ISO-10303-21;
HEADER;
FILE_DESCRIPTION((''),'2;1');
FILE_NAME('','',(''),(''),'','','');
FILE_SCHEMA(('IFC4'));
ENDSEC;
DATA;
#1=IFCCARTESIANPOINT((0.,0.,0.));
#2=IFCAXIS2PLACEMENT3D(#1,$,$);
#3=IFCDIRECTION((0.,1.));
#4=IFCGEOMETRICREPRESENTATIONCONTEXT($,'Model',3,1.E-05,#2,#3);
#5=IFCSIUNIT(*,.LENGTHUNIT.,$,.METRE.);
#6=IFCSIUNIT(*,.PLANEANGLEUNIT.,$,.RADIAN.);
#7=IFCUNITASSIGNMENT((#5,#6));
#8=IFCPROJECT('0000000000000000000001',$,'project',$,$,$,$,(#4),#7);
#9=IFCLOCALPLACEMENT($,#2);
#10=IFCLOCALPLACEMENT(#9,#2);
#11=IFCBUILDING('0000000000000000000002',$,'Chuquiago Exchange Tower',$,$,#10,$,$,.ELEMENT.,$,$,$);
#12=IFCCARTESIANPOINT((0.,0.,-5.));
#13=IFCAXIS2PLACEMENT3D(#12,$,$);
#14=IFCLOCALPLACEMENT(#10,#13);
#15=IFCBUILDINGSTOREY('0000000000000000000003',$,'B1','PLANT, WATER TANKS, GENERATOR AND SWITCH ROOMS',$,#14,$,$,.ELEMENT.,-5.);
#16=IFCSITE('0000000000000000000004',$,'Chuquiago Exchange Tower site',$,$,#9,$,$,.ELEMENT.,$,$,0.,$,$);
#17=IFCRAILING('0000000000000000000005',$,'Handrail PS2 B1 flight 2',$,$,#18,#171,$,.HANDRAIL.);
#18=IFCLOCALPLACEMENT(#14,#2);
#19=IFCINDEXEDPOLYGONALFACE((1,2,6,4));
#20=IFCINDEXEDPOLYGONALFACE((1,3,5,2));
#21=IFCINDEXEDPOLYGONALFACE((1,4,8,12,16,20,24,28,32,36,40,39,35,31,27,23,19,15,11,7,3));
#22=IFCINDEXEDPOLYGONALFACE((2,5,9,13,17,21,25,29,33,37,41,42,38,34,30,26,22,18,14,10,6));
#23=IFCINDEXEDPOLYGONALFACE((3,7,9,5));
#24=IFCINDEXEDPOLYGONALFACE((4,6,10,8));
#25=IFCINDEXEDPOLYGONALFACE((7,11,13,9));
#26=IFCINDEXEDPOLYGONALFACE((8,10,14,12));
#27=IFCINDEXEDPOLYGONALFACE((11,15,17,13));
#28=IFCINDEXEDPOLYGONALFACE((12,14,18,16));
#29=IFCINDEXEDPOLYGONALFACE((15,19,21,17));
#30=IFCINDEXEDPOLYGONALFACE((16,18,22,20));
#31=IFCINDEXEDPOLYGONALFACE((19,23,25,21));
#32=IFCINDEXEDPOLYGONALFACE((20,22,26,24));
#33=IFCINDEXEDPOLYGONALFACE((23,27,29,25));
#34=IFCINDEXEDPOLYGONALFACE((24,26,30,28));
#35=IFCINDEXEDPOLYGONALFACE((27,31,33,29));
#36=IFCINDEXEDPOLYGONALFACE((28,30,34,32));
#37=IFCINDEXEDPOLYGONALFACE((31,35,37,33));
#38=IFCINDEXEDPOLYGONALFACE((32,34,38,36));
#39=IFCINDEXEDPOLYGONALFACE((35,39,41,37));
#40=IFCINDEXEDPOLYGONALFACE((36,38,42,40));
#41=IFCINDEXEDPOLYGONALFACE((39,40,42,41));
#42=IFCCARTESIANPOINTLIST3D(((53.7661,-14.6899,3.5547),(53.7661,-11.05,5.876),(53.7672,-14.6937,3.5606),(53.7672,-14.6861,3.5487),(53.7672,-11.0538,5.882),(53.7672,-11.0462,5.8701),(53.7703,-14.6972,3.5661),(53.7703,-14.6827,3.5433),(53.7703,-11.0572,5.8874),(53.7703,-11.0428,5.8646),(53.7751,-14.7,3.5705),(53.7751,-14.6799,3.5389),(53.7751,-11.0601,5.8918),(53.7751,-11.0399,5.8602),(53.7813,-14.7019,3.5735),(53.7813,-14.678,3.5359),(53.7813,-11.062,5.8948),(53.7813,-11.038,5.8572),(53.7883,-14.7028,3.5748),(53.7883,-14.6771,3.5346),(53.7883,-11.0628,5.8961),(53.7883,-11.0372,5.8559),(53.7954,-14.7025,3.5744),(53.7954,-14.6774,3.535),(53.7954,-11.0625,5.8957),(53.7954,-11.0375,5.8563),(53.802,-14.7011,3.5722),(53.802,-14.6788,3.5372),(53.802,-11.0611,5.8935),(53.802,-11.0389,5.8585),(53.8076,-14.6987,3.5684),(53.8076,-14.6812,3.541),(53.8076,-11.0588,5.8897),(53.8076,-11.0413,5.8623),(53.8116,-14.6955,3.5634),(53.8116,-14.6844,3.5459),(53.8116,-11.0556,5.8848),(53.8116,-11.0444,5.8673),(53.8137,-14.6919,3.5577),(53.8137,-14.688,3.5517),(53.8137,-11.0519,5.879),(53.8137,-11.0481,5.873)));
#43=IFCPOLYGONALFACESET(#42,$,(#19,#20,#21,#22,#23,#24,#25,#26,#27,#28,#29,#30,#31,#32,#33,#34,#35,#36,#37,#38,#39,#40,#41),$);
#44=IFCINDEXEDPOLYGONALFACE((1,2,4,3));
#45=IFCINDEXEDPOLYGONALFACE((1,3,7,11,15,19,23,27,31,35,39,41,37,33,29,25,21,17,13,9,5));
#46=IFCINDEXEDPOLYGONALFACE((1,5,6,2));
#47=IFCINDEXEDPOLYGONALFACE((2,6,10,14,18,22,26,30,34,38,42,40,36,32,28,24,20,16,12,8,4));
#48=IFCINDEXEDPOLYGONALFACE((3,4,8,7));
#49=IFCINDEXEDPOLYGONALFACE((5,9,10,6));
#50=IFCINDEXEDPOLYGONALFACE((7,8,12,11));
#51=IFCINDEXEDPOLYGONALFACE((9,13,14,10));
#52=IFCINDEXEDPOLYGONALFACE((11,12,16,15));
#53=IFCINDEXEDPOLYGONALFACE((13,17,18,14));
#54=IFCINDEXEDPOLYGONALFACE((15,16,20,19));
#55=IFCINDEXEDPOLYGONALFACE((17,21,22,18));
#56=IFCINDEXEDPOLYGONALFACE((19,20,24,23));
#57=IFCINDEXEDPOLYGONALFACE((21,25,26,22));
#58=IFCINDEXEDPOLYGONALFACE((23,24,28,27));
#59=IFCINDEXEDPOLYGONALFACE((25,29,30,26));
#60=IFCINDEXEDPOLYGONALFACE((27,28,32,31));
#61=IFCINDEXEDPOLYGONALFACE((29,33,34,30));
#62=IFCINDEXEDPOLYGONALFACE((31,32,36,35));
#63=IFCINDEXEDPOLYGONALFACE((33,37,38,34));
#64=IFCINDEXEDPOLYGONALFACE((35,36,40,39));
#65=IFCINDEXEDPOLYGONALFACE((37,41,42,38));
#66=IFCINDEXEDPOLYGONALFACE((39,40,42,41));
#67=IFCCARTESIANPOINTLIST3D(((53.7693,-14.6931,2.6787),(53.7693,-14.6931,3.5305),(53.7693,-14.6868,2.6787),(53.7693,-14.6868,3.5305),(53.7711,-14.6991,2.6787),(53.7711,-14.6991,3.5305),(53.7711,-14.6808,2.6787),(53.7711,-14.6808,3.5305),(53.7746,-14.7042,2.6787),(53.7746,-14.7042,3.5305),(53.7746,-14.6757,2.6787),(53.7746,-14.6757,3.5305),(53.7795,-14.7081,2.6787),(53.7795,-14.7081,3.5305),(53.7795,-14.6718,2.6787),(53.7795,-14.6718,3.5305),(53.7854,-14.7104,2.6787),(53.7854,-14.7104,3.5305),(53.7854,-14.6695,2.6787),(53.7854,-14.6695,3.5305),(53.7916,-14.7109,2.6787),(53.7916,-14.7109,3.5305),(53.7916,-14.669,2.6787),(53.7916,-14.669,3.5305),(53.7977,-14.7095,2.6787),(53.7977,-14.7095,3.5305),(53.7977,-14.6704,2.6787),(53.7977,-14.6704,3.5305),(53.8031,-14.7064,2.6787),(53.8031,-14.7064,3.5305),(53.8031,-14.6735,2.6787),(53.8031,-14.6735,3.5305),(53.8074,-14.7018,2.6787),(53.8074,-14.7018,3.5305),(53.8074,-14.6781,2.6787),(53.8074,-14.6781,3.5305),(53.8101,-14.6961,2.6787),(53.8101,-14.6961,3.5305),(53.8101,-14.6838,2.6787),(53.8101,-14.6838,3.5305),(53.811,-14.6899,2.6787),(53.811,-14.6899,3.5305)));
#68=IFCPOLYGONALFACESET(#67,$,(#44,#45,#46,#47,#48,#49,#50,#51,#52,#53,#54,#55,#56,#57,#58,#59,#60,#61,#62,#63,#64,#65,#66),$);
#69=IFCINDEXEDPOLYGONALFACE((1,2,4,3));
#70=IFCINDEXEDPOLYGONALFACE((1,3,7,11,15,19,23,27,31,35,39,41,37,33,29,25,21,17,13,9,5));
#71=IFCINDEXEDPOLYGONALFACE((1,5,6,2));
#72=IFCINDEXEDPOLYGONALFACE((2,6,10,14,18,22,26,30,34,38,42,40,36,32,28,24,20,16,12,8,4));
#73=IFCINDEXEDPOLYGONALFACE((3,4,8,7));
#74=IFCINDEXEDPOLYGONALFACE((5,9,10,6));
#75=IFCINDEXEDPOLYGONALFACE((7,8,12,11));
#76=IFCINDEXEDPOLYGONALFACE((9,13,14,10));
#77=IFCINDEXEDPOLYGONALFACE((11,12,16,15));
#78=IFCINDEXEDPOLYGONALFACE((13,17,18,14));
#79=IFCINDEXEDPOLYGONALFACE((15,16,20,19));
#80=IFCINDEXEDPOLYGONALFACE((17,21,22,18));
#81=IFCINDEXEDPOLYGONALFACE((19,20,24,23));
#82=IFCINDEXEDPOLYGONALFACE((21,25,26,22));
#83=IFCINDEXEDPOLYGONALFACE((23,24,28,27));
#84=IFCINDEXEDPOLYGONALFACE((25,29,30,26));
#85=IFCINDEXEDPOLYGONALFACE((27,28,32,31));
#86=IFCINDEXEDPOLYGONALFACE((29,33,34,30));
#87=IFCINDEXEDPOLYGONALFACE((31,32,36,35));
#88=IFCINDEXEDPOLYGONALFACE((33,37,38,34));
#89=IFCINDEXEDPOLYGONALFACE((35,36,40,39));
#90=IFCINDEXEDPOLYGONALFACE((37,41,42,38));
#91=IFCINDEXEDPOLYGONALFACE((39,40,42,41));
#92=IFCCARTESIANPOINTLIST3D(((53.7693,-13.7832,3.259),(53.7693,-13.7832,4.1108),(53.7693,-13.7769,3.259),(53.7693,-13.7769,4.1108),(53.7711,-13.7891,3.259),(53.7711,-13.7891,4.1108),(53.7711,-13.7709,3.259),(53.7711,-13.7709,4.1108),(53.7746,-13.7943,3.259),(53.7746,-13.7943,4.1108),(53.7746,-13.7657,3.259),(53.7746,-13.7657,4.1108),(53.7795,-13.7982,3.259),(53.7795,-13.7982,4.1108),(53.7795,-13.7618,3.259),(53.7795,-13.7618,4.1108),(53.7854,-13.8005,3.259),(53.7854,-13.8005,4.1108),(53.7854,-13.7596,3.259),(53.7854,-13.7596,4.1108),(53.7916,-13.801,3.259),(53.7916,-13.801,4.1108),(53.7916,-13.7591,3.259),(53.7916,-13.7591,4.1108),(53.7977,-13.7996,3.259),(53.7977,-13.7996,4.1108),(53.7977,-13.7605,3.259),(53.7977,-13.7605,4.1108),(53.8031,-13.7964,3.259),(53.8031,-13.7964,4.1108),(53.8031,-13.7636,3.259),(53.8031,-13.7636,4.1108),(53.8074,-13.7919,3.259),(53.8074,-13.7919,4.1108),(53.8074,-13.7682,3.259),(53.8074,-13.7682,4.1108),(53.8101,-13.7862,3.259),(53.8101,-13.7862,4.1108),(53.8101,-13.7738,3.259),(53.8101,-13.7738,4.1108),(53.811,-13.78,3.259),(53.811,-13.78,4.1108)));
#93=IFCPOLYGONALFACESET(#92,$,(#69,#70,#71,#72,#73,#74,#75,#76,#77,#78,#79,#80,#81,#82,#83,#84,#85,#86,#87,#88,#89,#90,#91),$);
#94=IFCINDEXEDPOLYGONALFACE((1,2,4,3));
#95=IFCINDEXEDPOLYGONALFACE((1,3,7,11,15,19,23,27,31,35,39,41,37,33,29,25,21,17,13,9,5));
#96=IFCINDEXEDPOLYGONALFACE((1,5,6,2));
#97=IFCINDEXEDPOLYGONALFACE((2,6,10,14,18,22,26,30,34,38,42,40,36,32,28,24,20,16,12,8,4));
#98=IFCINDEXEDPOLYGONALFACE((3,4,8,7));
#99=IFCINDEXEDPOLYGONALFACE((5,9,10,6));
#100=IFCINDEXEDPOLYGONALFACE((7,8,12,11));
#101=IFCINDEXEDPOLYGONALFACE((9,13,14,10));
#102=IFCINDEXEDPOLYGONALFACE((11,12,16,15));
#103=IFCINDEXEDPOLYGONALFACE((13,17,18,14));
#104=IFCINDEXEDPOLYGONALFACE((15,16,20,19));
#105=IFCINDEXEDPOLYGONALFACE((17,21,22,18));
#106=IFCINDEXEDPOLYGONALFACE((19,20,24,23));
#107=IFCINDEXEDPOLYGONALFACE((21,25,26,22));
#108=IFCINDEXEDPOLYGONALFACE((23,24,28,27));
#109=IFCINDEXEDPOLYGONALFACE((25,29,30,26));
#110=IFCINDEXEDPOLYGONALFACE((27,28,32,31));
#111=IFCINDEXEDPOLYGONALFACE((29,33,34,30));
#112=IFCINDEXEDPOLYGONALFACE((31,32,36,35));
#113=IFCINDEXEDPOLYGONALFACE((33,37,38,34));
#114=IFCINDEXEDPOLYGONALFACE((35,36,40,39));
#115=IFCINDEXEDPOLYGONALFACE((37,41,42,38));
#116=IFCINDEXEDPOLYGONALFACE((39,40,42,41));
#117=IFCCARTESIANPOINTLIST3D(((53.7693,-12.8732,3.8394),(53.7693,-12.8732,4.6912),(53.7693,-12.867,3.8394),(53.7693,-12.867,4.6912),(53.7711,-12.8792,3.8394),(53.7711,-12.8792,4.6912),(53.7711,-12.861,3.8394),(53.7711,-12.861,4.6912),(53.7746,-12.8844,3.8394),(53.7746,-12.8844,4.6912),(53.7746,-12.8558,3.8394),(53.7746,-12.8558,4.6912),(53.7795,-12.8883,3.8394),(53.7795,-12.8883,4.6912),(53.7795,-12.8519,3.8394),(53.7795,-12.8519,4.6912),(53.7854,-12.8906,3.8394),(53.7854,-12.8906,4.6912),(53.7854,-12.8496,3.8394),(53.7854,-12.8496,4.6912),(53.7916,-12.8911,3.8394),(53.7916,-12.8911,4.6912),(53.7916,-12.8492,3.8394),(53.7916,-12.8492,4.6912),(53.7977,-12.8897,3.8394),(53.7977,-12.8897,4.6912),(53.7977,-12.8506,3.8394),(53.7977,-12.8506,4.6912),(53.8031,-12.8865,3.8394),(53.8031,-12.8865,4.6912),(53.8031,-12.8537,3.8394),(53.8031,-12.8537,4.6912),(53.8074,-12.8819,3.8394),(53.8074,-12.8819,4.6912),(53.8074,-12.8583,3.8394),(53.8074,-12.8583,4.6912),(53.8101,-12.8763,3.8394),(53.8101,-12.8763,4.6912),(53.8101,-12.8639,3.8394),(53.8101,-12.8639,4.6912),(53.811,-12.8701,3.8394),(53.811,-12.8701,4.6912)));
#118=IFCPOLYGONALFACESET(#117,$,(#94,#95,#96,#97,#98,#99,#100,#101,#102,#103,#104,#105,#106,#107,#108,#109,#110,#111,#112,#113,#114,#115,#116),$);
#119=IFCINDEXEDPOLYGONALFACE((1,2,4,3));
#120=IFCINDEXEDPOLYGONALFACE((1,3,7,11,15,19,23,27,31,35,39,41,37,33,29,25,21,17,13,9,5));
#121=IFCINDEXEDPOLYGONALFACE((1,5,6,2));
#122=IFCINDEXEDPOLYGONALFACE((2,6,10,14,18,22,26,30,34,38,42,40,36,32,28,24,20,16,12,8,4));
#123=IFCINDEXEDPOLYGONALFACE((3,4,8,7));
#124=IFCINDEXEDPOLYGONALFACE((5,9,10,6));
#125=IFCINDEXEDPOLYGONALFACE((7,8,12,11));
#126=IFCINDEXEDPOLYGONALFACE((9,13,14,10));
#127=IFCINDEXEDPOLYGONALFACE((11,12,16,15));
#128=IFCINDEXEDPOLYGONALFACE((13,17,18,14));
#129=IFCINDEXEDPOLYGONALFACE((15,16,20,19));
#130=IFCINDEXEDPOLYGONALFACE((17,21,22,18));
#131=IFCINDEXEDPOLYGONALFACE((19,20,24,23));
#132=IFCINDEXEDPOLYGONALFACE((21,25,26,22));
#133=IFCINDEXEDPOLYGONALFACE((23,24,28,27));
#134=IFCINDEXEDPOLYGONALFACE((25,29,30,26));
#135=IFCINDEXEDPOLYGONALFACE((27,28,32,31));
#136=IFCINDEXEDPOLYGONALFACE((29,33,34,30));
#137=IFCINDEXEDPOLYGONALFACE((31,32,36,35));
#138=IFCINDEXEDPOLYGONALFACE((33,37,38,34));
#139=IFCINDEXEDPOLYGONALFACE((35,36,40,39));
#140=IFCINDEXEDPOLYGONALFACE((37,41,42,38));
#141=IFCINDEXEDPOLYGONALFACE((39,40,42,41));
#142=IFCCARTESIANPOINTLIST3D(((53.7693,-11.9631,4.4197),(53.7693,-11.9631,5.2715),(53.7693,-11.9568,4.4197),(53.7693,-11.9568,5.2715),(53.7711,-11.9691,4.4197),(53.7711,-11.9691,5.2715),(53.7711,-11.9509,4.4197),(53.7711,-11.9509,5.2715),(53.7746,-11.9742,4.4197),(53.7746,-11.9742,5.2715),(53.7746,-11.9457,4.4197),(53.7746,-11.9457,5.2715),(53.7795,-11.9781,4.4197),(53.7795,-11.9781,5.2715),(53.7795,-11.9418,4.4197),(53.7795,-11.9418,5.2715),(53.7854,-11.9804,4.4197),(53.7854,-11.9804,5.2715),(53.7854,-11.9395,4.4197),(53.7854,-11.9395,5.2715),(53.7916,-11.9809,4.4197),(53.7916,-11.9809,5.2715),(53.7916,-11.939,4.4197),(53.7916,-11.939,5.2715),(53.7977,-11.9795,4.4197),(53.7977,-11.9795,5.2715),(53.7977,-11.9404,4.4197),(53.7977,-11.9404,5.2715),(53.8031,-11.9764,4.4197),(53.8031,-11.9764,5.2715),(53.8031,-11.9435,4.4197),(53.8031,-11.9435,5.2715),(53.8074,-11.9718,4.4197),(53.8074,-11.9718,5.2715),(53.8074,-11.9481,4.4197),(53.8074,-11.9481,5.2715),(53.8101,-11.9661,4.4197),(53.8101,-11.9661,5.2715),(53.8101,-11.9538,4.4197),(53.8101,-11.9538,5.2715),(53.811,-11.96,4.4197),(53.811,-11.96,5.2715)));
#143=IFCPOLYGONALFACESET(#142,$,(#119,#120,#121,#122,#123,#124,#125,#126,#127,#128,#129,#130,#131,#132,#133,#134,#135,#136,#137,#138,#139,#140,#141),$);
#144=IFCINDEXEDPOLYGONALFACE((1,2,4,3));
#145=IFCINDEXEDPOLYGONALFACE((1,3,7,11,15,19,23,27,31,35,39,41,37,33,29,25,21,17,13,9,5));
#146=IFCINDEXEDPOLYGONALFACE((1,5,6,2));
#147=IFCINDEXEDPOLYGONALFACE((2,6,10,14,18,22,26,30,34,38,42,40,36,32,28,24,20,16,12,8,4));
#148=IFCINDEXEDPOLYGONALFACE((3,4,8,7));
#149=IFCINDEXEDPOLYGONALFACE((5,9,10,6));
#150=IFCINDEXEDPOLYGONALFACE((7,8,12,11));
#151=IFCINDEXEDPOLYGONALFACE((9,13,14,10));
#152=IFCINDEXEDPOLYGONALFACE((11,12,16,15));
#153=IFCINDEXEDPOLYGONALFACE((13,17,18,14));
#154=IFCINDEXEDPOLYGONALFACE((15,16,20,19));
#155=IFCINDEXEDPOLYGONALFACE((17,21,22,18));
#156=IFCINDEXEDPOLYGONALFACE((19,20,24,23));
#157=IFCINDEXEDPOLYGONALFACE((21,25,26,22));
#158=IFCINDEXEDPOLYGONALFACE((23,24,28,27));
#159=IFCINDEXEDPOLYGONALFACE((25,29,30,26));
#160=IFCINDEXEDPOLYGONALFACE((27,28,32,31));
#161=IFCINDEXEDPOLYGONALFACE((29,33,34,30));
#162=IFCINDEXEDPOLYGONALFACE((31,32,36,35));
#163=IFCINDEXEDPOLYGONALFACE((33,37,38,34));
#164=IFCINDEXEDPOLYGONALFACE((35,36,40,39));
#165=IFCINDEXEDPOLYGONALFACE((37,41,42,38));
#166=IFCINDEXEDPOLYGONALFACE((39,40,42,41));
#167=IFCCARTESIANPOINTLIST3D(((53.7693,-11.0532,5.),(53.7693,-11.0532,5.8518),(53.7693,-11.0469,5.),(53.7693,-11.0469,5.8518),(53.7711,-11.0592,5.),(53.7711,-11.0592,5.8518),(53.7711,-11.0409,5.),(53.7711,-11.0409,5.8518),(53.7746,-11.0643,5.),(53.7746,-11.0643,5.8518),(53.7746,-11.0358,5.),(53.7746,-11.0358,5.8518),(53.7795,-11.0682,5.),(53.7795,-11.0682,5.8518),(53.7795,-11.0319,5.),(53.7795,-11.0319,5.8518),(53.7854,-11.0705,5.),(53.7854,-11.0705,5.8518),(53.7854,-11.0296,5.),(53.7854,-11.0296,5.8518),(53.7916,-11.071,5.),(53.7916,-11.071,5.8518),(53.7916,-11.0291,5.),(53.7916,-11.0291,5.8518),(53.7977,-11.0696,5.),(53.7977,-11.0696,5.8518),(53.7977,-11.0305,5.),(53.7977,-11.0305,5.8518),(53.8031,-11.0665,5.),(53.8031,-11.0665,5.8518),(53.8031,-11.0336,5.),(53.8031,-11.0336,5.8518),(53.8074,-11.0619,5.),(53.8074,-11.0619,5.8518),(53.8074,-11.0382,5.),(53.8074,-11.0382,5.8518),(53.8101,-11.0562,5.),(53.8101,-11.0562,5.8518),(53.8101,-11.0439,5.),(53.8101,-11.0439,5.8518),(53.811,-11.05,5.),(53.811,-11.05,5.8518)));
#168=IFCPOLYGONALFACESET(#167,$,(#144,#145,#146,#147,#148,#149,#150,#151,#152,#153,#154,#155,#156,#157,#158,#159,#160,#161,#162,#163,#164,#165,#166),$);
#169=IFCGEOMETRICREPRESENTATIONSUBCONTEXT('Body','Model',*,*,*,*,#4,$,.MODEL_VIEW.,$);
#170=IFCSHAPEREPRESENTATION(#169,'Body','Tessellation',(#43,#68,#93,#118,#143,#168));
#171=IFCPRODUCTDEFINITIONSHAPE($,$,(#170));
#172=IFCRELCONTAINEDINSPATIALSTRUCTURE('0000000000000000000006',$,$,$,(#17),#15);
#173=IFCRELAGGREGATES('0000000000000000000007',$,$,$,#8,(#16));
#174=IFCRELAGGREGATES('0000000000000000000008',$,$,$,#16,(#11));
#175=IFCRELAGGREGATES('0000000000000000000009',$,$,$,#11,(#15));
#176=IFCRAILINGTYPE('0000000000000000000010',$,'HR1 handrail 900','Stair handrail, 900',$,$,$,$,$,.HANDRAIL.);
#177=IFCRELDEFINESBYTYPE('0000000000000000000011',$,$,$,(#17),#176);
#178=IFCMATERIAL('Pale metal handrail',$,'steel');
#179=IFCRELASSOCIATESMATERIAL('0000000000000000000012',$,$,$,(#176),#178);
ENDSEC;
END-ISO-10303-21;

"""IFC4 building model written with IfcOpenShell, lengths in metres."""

from ifc_helpers import new_model, si_unit, direction, frame, origin, origin_2d, place, context, subcontext, project, spatial, circle, extrude, material, type_object, element, save


model = new_model("IFC4")

# Units and contexts
model_context = context("Model", 3, precision=1e-05, world=origin(), true_north=direction((0.0, 1.0)))
body_context = subcontext(model_context, "Body", "Model", "MODEL_VIEW")
ifc_project = project(units=[si_unit("LENGTHUNIT", "METRE"), si_unit("PLANEANGLEUNIT", "RADIAN")], contexts=[model_context])

# Site, building, storey
site_placement = place(None, origin())
site = spatial("IfcSite", under=ifc_project, at=site_placement, Name="Chuquiago Exchange Tower site", CompositionType="ELEMENT", RefElevation=0.0)
building_placement = place(site_placement, origin())
building = spatial("IfcBuilding", under=site, at=building_placement, Name="Chuquiago Exchange Tower", CompositionType="ELEMENT")
storey_placement = place(building_placement, frame((0.0, 0.0, -5.0)))
storey = spatial("IfcBuildingStorey", under=building, at=storey_placement, Name="B1", Description="PLANT, WATER TANKS, GENERATOR AND SWITCH ROOMS", CompositionType="ELEMENT", Elevation=-5.0)

# Railing
ifc_material_1 = material(Name="Pale metal handrail", Category="steel")
railing_type = type_object("IfcRailingType", Name="HR1 handrail 900", Description="Stair handrail, 900", PredefinedType="HANDRAIL", material=ifc_material_1)
for number, where, name in (
    (1, (53.79, -14.6899, 2.6787), "Handrail PS2 B1 flight 2"),
):
    element("IfcRailing", number, at=place(storey_placement, frame(where)), inside=storey, type_object=railing_type, Name=name, PredefinedType="HANDRAIL", context=body_context, shape_type="SweptSolid", body=[
        extrude(circle(Radius=0.0239, at=origin_2d()), frame((0.0, 0.0, 0.876), z_axis=(0.0, 0.843137, 0.537699), x_axis=(-1.0, 0.0, 0.0)), (0.0, 0.0, 1.0), 4.3171),
        extrude(circle(Radius=0.021, at=origin_2d()), origin(), (0.0, 0.0, 1.0), 0.8518),
        extrude(circle(Radius=0.021, at=origin_2d()), frame((0.0, 0.9099, 0.5803)), (0.0, 0.0, 1.0), 0.8518),
        extrude(circle(Radius=0.021, at=origin_2d()), frame((0.0, 1.8198, 1.1606)), (0.0, 0.0, 1.0), 0.8518),
        extrude(circle(Radius=0.021, at=origin_2d()), frame((0.0, 2.73, 1.741)), (0.0, 0.0, 1.0), 0.8518),
        extrude(circle(Radius=0.021, at=origin_2d()), frame((0.0, 3.6399, 2.3213)), (0.0, 0.0, 1.0), 0.8518),
    ])

save(model, "model.ifc")
